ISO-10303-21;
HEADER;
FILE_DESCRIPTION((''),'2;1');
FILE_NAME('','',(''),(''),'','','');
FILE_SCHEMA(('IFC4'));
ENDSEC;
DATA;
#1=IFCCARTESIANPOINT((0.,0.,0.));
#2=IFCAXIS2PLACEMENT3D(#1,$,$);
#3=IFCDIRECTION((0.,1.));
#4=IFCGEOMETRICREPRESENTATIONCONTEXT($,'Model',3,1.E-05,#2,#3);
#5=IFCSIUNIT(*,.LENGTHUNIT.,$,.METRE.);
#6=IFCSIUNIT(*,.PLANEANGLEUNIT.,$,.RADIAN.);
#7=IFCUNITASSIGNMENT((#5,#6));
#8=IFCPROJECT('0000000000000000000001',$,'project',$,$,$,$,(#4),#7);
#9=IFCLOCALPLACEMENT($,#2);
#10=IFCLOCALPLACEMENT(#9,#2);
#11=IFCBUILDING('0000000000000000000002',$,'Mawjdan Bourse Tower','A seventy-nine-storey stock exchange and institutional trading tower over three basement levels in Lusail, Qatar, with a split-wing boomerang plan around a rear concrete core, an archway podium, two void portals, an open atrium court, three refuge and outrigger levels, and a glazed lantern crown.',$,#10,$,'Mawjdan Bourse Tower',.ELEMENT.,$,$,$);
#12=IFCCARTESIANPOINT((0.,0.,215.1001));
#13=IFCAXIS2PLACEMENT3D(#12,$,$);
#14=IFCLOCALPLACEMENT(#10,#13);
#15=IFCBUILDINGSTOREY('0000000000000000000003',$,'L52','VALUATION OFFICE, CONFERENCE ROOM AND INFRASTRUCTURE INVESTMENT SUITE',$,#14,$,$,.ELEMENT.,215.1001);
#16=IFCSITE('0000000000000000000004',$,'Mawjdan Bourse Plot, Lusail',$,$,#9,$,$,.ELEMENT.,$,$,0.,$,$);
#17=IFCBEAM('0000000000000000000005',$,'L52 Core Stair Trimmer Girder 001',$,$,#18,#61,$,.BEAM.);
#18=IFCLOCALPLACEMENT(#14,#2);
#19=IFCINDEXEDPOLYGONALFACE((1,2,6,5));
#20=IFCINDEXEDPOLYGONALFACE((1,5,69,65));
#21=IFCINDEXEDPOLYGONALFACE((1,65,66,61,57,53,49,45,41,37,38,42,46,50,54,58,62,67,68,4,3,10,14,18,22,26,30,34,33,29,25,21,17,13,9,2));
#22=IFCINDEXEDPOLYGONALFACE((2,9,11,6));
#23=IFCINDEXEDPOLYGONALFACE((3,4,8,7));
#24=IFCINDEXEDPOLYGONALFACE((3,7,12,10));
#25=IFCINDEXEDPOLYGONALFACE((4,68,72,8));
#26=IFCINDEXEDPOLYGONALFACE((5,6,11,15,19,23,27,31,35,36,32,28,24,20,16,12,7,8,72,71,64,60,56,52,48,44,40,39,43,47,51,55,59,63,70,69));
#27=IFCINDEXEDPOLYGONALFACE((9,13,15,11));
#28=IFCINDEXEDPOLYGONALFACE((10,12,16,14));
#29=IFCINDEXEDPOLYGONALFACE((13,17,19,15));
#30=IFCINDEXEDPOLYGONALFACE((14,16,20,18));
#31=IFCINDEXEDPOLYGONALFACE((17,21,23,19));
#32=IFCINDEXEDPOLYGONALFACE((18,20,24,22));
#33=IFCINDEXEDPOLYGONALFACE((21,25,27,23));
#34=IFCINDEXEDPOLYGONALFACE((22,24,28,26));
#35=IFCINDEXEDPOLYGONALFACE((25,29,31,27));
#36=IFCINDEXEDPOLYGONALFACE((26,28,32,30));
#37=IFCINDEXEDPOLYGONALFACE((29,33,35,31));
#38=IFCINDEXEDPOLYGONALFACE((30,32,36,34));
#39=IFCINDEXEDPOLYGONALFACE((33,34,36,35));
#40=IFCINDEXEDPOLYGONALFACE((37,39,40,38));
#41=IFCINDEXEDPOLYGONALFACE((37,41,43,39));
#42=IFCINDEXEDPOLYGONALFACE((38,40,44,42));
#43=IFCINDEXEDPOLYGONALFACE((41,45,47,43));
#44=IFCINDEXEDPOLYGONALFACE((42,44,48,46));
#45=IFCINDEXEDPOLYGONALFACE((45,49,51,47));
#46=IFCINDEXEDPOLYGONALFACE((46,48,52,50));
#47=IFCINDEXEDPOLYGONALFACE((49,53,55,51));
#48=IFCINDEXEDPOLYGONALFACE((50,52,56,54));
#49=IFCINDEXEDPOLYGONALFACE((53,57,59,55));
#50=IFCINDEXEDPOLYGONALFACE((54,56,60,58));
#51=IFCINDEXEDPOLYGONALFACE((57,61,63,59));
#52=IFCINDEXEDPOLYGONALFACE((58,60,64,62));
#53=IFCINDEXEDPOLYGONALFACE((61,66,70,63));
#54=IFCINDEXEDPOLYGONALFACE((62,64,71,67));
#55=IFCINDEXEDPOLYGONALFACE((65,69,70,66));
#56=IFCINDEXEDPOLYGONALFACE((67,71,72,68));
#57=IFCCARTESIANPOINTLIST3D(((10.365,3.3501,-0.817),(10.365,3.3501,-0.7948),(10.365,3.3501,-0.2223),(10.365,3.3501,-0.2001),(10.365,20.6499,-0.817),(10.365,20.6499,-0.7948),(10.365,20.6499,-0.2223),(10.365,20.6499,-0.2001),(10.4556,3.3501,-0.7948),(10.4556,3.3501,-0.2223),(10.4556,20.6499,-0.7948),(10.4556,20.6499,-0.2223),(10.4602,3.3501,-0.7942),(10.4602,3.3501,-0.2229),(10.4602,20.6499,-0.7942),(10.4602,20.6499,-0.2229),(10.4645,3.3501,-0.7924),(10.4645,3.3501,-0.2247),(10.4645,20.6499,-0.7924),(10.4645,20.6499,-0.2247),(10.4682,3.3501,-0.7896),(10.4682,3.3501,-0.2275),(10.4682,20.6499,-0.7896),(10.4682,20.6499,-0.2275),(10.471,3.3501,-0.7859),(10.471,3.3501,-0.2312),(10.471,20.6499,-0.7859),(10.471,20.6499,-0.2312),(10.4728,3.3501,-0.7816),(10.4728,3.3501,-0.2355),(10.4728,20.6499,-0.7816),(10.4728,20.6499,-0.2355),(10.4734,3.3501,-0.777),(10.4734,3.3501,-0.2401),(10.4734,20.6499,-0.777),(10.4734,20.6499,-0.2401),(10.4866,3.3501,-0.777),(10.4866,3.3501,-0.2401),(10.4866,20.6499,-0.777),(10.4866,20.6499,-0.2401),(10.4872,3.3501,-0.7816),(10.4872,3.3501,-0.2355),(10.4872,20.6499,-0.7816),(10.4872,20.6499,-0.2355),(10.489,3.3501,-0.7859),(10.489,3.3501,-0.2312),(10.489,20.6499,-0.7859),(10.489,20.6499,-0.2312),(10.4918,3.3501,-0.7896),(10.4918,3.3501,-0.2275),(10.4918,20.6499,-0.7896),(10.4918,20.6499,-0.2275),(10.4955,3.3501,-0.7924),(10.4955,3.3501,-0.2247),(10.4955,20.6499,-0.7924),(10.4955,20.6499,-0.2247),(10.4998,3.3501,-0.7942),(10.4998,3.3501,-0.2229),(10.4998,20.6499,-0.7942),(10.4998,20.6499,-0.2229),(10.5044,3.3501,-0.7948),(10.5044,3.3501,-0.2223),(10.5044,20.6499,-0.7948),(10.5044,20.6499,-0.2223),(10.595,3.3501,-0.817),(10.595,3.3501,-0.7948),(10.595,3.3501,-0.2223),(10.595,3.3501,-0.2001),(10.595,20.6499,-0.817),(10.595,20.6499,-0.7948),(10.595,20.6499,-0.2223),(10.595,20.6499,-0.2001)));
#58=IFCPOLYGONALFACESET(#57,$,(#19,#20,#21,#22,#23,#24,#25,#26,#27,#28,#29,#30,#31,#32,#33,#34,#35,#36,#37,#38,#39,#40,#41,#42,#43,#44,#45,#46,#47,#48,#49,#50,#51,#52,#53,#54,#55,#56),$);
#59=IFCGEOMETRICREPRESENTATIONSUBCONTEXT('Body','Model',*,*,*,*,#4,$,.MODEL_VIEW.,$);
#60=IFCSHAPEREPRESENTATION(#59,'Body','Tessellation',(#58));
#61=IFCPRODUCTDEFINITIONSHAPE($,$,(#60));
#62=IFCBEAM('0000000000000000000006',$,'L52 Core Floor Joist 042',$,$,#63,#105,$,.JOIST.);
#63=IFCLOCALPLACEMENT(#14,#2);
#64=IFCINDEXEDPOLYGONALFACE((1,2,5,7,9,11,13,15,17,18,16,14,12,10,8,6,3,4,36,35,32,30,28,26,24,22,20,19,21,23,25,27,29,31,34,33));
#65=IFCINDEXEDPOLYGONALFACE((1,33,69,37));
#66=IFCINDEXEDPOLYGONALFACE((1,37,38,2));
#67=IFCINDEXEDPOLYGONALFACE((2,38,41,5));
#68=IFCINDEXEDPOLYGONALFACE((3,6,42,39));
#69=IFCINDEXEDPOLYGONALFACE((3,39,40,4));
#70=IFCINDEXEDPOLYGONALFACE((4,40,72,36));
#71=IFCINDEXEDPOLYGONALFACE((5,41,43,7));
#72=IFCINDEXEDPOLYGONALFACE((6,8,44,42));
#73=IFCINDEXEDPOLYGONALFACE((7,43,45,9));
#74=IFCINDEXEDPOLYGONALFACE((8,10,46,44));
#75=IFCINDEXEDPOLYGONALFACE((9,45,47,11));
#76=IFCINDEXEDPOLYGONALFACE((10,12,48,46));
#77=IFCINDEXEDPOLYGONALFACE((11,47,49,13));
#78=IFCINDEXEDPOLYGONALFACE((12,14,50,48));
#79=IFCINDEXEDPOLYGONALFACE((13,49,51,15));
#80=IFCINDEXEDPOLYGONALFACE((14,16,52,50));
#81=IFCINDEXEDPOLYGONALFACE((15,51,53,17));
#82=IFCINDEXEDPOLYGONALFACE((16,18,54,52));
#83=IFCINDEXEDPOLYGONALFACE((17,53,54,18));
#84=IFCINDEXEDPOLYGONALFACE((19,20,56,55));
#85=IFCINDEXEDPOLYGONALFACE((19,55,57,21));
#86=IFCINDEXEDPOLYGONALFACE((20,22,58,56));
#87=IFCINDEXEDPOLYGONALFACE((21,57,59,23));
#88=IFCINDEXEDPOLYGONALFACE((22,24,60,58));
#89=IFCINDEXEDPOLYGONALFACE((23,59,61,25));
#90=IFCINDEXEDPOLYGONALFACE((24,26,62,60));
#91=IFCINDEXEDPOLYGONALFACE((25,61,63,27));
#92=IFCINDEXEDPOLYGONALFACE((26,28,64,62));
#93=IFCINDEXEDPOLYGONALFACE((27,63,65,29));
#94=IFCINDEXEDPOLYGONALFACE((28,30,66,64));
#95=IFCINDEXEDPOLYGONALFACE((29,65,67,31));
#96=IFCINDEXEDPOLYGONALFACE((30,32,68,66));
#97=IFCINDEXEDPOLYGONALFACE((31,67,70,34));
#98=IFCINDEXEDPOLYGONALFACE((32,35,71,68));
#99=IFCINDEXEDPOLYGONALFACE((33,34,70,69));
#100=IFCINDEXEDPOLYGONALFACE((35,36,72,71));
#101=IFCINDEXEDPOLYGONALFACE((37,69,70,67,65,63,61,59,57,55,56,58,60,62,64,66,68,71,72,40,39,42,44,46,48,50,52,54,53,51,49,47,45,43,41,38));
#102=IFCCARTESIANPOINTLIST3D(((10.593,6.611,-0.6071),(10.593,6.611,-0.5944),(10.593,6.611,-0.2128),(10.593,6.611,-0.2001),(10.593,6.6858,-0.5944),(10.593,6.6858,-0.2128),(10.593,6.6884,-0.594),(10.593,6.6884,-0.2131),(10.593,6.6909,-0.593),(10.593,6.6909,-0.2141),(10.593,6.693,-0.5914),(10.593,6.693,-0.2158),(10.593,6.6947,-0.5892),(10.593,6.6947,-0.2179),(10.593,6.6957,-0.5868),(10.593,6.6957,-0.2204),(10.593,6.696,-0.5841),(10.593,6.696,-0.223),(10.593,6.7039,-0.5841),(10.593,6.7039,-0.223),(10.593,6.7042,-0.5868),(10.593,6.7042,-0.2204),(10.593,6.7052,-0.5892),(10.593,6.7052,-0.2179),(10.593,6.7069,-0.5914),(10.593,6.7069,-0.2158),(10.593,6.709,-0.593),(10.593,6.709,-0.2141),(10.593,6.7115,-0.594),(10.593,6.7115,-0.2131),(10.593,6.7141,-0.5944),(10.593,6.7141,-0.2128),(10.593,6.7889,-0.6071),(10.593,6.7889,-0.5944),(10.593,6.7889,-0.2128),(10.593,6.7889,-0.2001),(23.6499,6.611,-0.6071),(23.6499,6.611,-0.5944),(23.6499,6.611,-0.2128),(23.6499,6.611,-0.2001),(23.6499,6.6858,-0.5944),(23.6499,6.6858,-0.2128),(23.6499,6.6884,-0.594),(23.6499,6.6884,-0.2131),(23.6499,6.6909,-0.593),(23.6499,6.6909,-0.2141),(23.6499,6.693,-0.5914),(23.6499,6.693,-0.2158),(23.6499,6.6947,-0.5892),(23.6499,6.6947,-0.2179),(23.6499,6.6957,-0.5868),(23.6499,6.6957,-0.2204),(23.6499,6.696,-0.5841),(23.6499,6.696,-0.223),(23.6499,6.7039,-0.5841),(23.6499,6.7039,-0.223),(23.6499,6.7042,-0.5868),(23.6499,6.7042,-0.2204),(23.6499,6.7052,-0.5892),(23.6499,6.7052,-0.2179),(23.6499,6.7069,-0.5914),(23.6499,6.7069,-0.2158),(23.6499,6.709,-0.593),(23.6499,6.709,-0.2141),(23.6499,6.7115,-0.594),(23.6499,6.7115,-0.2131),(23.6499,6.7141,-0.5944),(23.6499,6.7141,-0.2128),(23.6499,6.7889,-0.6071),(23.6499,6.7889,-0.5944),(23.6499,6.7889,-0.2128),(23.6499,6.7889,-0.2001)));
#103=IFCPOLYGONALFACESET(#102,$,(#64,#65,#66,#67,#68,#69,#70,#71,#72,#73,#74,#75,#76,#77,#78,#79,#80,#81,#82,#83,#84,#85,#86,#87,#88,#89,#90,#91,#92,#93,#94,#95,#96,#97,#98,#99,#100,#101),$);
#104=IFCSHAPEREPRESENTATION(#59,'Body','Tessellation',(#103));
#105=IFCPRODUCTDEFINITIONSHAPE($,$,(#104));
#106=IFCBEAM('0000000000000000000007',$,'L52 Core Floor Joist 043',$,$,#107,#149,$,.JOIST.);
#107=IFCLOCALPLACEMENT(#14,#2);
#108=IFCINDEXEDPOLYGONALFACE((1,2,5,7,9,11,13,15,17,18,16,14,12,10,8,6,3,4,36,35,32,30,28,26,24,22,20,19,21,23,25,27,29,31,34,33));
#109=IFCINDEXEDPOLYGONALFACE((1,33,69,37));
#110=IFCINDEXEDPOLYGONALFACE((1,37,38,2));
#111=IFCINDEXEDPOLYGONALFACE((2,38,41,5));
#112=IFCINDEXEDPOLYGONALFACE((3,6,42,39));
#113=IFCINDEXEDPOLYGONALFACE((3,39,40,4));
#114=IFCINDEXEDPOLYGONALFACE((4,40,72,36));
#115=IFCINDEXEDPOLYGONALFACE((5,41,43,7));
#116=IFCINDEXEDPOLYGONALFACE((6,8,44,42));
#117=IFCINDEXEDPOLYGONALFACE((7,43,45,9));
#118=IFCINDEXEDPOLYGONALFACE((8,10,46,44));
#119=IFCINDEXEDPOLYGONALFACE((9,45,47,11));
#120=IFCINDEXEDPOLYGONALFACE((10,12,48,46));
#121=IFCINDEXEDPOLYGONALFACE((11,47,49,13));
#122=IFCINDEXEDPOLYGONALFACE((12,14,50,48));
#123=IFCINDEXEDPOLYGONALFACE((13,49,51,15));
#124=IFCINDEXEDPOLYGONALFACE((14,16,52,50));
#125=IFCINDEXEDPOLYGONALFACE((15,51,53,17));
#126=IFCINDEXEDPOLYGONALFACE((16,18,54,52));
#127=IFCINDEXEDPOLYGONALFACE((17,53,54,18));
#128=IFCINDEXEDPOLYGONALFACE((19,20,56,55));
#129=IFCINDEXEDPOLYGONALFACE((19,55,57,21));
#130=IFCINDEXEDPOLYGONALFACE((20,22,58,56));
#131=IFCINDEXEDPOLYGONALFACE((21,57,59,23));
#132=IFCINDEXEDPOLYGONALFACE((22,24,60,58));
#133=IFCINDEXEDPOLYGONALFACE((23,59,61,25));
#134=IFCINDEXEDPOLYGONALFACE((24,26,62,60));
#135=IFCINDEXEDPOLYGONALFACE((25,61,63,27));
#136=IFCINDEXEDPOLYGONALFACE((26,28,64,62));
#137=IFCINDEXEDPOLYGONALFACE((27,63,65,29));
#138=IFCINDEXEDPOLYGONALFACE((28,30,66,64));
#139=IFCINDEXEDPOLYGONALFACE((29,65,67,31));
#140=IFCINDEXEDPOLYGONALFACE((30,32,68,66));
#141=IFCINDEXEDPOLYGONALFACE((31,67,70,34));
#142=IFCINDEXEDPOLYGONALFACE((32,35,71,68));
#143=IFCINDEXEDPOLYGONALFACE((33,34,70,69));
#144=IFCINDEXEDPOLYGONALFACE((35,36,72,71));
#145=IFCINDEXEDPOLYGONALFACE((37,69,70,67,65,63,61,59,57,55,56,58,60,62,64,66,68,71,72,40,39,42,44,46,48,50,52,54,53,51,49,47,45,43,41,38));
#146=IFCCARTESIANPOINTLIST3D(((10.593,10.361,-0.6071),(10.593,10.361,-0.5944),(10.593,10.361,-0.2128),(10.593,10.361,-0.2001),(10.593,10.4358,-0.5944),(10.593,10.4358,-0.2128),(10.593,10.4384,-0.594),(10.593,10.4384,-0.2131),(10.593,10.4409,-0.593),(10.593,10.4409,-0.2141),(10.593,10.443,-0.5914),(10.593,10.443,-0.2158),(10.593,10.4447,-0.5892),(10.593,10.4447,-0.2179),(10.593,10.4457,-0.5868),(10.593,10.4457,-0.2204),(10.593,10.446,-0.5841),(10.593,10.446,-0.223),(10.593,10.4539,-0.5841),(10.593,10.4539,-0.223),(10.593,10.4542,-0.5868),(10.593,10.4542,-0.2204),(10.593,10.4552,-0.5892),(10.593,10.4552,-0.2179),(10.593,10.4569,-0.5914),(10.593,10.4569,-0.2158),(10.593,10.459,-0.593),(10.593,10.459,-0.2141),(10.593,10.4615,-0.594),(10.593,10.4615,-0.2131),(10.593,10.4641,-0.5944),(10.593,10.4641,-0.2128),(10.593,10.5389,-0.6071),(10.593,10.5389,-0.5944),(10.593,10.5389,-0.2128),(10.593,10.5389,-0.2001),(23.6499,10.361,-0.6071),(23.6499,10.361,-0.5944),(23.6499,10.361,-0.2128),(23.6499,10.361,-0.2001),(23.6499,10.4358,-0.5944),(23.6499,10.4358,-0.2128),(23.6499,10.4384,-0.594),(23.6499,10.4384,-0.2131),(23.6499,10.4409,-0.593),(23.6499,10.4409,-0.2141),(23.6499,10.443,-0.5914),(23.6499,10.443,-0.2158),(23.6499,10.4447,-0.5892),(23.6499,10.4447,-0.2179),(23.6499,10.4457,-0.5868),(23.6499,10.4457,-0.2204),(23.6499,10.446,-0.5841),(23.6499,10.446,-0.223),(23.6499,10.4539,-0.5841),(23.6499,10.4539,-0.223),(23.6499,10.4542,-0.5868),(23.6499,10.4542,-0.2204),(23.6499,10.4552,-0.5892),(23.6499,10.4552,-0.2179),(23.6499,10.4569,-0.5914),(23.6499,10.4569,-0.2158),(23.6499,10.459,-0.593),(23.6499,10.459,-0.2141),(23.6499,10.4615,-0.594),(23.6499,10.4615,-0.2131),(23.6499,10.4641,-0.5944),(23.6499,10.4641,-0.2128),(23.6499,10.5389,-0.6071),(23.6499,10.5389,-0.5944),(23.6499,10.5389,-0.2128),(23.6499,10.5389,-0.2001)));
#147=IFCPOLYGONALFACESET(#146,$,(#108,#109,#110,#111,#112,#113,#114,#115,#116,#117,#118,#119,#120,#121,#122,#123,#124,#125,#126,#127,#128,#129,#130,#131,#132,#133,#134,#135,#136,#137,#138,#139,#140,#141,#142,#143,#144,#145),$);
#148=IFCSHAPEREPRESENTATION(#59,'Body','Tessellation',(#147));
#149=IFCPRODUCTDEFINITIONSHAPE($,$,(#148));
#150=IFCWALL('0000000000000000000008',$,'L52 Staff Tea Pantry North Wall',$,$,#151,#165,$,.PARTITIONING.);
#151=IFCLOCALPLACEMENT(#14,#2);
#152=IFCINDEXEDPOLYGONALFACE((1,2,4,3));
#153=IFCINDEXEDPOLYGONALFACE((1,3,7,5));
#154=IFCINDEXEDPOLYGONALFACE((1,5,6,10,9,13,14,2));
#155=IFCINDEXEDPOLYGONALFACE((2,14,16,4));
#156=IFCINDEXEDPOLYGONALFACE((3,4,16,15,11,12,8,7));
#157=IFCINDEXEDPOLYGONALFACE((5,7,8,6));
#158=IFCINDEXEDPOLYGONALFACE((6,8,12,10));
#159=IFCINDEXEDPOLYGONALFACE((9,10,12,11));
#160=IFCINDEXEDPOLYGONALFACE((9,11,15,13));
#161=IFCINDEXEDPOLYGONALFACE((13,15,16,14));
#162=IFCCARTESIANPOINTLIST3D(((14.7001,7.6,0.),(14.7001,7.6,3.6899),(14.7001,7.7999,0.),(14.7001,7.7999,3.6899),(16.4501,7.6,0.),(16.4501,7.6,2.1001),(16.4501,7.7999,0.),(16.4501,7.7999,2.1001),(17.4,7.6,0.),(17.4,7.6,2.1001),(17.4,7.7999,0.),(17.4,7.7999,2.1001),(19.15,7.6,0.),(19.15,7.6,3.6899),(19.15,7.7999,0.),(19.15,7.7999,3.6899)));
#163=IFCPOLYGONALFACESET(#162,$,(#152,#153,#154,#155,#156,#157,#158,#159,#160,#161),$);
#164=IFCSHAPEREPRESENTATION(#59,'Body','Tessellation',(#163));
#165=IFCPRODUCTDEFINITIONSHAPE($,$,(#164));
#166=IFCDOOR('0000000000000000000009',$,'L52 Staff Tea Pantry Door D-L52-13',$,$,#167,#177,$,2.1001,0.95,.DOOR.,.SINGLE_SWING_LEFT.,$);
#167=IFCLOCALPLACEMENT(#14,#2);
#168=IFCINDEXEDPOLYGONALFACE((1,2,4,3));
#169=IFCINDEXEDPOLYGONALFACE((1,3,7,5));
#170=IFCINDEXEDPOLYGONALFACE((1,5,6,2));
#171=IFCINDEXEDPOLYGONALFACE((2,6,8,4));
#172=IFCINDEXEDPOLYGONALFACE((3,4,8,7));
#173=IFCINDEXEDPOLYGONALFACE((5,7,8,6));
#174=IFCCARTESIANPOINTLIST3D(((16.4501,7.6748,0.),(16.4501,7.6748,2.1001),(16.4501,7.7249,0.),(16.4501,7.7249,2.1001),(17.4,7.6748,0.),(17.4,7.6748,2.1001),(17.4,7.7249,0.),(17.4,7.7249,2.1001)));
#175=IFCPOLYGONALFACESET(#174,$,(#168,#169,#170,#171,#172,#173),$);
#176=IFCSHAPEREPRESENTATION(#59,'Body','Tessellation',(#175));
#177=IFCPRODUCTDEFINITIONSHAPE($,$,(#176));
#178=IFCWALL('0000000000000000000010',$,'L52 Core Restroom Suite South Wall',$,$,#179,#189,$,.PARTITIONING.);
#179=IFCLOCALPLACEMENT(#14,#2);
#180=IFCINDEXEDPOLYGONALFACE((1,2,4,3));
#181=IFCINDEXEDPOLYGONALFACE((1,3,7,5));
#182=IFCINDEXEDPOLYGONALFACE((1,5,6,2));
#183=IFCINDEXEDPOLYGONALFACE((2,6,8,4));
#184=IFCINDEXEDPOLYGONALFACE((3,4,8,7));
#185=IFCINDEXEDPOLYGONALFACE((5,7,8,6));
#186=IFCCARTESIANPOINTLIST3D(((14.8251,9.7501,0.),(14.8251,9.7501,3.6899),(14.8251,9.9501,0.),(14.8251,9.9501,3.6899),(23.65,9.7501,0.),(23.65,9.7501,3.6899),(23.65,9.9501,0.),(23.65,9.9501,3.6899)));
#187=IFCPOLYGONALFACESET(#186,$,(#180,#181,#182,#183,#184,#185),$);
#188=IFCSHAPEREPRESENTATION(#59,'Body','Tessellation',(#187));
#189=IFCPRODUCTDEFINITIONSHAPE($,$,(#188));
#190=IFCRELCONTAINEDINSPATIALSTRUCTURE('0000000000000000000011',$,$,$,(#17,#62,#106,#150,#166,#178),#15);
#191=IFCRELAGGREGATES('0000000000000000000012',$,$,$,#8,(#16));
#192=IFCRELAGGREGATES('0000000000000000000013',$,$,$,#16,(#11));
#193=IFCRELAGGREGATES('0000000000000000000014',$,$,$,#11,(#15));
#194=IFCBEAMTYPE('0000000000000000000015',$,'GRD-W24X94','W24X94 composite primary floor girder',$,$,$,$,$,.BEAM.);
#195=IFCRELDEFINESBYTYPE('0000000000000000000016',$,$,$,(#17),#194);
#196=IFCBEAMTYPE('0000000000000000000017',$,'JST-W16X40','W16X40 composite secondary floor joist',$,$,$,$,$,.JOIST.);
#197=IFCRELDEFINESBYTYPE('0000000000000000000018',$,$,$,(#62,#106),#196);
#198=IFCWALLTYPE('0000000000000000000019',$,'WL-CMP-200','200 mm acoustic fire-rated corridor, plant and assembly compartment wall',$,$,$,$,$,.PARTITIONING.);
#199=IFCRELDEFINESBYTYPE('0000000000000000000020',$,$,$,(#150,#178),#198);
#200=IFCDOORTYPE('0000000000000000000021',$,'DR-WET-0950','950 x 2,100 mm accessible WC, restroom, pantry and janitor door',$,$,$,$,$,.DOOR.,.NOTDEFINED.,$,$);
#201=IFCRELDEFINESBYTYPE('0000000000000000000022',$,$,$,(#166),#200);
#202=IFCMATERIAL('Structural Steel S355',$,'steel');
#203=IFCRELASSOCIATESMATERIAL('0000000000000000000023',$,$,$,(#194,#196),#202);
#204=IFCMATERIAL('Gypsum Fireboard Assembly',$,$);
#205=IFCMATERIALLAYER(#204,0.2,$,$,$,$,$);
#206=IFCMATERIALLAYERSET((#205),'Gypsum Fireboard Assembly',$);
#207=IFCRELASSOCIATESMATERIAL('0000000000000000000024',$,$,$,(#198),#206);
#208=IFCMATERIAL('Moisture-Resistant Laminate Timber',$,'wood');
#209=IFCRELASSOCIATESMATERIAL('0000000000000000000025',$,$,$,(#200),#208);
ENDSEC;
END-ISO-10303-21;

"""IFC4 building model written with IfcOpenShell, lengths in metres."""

from ifc_helpers import new_model, si_unit, direction, frame, frame_2d, origin, origin_2d, place, context, subcontext, project, spatial, rectangle, i_section, extrude, material, layer, layer_set, material_profile, profile_set, type_object, element, fill, save


model = new_model("IFC4")

# Units and contexts
model_context = context("Model", 3, precision=1e-05, world=origin(), true_north=direction((0.0, 1.0)))
body_context = subcontext(model_context, "Body", "Model", "MODEL_VIEW")
ifc_project = project(units=[si_unit("LENGTHUNIT", "METRE"), si_unit("PLANEANGLEUNIT", "RADIAN")], contexts=[model_context])

# Site, building, storey
site_placement = place(None, origin())
site = spatial("IfcSite", under=ifc_project, at=site_placement, Name="Mawjdan Bourse Plot, Lusail", CompositionType="ELEMENT", RefElevation=0.0)
building_placement = place(site_placement, origin())
building = spatial("IfcBuilding", under=site, at=building_placement, Name="Mawjdan Bourse Tower", Description="A seventy-nine-storey stock exchange and institutional trading tower over three basement levels in Lusail, Qatar, with a split-wing boomerang plan around a rear concrete core, an archway podium, two void portals, an open atrium court, three refuge and outrigger levels, and a glazed lantern crown.", LongName="Mawjdan Bourse Tower", CompositionType="ELEMENT")
storey_placement = place(building_placement, frame((0.0, 0.0, 215.1001)))
storey = spatial("IfcBuildingStorey", under=building, at=storey_placement, Name="L52", Description="VALUATION OFFICE, CONFERENCE ROOM AND INFRASTRUCTURE INVESTMENT SUITE", CompositionType="ELEMENT", Elevation=215.1001)

# Beams
ifc_material_1 = material(Name="Structural Steel S355", Category="steel")
ifc_material_profile_1 = material_profile(ifc_material_1, i_section(OverallWidth=0.23, OverallDepth=0.6169, WebThickness=0.0132, FlangeThickness=0.0222, FilletRadius=0.0178, at=origin_2d()), Name="W24X94")
ifc_profile_set_1 = profile_set([ifc_material_profile_1], Name="Structural Steel S355")
beam_type_1 = type_object("IfcBeamType", Name="GRD-W24X94", Description="W24X94 composite primary floor girder", PredefinedType="BEAM", material=ifc_profile_set_1)
beam_placement = place(storey_placement, frame((10.48, 3.3501, -0.5085), z_axis=(0.0, 1.0, 0.0), x_axis=(-1.0, 0.0, 0.0)))
element("IfcBeam", 1, at=beam_placement, inside=storey, type_object=beam_type_1, Name="L52 Core Stair Trimmer Girder 001", PredefinedType="BEAM", context=body_context, shape_type="SweptSolid", body=[
    extrude(i_section(OverallWidth=0.23, OverallDepth=0.6169, WebThickness=0.0132, FlangeThickness=0.0222, FilletRadius=0.0178, at=origin_2d()), origin(), (0.0, 0.0, 1.0), 17.2998),
])
ifc_material_profile_2 = material_profile(ifc_material_1, i_section(OverallWidth=0.178, OverallDepth=0.407, WebThickness=0.0078, FlangeThickness=0.0127, FilletRadius=0.0103, at=origin_2d()), Name="W16X40")
ifc_profile_set_2 = profile_set([ifc_material_profile_2], Name="Structural Steel S355")
beam_type_2 = type_object("IfcBeamType", Name="JST-W16X40", Description="W16X40 composite secondary floor joist", PredefinedType="JOIST", material=ifc_profile_set_2)
for number, where, z_axis, x_axis, name in (
    (2, (10.593, 6.7, -0.4036), (1.0, 0.0, 0.0), (0.0, 1.0, 0.0), "L52 Core Floor Joist 042"),
    (3, (10.593, 10.45, -0.4036), (1.0, 0.0, 0.0), (0.0, 1.0, 0.0), "L52 Core Floor Joist 043"),
):
    element("IfcBeam", number, at=place(storey_placement, frame(where, z_axis=z_axis, x_axis=x_axis)), inside=storey, type_object=beam_type_2, Name=name, PredefinedType="JOIST", context=body_context, shape_type="SweptSolid", body=[
        extrude(i_section(OverallWidth=0.178, OverallDepth=0.407, WebThickness=0.0078, FlangeThickness=0.0127, FilletRadius=0.0103, at=origin_2d()), origin(), (0.0, 0.0, 1.0), 13.0569),
    ])

# Wall, opening, door
ifc_material_2 = material(Name="Gypsum Fireboard Assembly")
ifc_layer_1 = layer(ifc_material_2, 0.2)
ifc_layer_set_1 = layer_set([ifc_layer_1], Name="Gypsum Fireboard Assembly")
wall_type_1 = type_object("IfcWallType", Name="WL-CMP-200", Description="200 mm acoustic fire-rated corridor, plant and assembly compartment wall", PredefinedType="PARTITIONING", material=ifc_layer_set_1)
wall_1_placement = place(storey_placement, frame((14.7, 7.7, 0.0), z_axis=(0.0, 0.0, 1.0), x_axis=(1.0, 0.0, 0.0)))
wall_1 = element("IfcWall", 4, at=wall_1_placement, inside=storey, type_object=wall_type_1, Name="L52 Staff Tea Pantry North Wall", PredefinedType="PARTITIONING", context=body_context, shape_type="SweptSolid", body=[
    extrude(rectangle(XDim=4.45, YDim=0.2, at=frame_2d((2.2251, 0.0))), origin(), (0.0, 0.0, 1.0), 3.6899),
])
opening_1_placement = place(wall_1_placement, frame((1.75, 0.0, 0.0)))
opening_1 = element("IfcOpeningElement", 5, at=opening_1_placement, cuts=wall_1, PredefinedType="OPENING", context=body_context, shape_type="SweptSolid", body=[
    extrude(rectangle(XDim=0.95, YDim=2.1001, at=frame_2d((0.4751, 1.05))), frame((0.0, 0.1099, 0.0), z_axis=(0.0, -1.0, 0.0), x_axis=(1.0, 0.0, 0.0)), (0.0, 0.0, 1.0), 0.22),
])
ifc_material_3 = material(Name="Moisture-Resistant Laminate Timber", Category="wood")
door_type_1 = type_object("IfcDoorType", Name="DR-WET-0950", Description="950 x 2,100 mm accessible WC, restroom, pantry and janitor door", OperationType="NOTDEFINED", PredefinedType="DOOR", material=ifc_material_3)
door_1_placement = place(opening_1_placement, origin())
door_1 = element("IfcDoor", 6, at=door_1_placement, inside=storey, type_object=door_type_1, Name="L52 Staff Tea Pantry Door D-L52-13", OperationType="SINGLE_SWING_LEFT", OverallHeight=2.1001, OverallWidth=0.95, PredefinedType="DOOR", context=body_context, shape_type="SweptSolid", body=[
    extrude(rectangle(XDim=0.95, YDim=2.1001, at=frame_2d((0.4751, 1.05))), frame((0.0, 0.0249, 0.0), z_axis=(0.0, -1.0, 0.0), x_axis=(1.0, 0.0, 0.0)), (0.0, 0.0, 1.0), 0.05),
])
fill(opening_1, door_1)

# Wall
wall_2_placement = place(storey_placement, frame((14.825, 9.8501, 0.0), z_axis=(0.0, 0.0, 1.0), x_axis=(1.0, 0.0, 0.0)))
element("IfcWall", 7, at=wall_2_placement, inside=storey, type_object=wall_type_1, Name="L52 Core Restroom Suite South Wall", PredefinedType="PARTITIONING", context=body_context, shape_type="SweptSolid", body=[
    extrude(rectangle(XDim=8.825, YDim=0.2, at=frame_2d((4.4126, 0.0))), origin(), (0.0, 0.0, 1.0), 3.6899),
])

save(model, "model.ifc")
